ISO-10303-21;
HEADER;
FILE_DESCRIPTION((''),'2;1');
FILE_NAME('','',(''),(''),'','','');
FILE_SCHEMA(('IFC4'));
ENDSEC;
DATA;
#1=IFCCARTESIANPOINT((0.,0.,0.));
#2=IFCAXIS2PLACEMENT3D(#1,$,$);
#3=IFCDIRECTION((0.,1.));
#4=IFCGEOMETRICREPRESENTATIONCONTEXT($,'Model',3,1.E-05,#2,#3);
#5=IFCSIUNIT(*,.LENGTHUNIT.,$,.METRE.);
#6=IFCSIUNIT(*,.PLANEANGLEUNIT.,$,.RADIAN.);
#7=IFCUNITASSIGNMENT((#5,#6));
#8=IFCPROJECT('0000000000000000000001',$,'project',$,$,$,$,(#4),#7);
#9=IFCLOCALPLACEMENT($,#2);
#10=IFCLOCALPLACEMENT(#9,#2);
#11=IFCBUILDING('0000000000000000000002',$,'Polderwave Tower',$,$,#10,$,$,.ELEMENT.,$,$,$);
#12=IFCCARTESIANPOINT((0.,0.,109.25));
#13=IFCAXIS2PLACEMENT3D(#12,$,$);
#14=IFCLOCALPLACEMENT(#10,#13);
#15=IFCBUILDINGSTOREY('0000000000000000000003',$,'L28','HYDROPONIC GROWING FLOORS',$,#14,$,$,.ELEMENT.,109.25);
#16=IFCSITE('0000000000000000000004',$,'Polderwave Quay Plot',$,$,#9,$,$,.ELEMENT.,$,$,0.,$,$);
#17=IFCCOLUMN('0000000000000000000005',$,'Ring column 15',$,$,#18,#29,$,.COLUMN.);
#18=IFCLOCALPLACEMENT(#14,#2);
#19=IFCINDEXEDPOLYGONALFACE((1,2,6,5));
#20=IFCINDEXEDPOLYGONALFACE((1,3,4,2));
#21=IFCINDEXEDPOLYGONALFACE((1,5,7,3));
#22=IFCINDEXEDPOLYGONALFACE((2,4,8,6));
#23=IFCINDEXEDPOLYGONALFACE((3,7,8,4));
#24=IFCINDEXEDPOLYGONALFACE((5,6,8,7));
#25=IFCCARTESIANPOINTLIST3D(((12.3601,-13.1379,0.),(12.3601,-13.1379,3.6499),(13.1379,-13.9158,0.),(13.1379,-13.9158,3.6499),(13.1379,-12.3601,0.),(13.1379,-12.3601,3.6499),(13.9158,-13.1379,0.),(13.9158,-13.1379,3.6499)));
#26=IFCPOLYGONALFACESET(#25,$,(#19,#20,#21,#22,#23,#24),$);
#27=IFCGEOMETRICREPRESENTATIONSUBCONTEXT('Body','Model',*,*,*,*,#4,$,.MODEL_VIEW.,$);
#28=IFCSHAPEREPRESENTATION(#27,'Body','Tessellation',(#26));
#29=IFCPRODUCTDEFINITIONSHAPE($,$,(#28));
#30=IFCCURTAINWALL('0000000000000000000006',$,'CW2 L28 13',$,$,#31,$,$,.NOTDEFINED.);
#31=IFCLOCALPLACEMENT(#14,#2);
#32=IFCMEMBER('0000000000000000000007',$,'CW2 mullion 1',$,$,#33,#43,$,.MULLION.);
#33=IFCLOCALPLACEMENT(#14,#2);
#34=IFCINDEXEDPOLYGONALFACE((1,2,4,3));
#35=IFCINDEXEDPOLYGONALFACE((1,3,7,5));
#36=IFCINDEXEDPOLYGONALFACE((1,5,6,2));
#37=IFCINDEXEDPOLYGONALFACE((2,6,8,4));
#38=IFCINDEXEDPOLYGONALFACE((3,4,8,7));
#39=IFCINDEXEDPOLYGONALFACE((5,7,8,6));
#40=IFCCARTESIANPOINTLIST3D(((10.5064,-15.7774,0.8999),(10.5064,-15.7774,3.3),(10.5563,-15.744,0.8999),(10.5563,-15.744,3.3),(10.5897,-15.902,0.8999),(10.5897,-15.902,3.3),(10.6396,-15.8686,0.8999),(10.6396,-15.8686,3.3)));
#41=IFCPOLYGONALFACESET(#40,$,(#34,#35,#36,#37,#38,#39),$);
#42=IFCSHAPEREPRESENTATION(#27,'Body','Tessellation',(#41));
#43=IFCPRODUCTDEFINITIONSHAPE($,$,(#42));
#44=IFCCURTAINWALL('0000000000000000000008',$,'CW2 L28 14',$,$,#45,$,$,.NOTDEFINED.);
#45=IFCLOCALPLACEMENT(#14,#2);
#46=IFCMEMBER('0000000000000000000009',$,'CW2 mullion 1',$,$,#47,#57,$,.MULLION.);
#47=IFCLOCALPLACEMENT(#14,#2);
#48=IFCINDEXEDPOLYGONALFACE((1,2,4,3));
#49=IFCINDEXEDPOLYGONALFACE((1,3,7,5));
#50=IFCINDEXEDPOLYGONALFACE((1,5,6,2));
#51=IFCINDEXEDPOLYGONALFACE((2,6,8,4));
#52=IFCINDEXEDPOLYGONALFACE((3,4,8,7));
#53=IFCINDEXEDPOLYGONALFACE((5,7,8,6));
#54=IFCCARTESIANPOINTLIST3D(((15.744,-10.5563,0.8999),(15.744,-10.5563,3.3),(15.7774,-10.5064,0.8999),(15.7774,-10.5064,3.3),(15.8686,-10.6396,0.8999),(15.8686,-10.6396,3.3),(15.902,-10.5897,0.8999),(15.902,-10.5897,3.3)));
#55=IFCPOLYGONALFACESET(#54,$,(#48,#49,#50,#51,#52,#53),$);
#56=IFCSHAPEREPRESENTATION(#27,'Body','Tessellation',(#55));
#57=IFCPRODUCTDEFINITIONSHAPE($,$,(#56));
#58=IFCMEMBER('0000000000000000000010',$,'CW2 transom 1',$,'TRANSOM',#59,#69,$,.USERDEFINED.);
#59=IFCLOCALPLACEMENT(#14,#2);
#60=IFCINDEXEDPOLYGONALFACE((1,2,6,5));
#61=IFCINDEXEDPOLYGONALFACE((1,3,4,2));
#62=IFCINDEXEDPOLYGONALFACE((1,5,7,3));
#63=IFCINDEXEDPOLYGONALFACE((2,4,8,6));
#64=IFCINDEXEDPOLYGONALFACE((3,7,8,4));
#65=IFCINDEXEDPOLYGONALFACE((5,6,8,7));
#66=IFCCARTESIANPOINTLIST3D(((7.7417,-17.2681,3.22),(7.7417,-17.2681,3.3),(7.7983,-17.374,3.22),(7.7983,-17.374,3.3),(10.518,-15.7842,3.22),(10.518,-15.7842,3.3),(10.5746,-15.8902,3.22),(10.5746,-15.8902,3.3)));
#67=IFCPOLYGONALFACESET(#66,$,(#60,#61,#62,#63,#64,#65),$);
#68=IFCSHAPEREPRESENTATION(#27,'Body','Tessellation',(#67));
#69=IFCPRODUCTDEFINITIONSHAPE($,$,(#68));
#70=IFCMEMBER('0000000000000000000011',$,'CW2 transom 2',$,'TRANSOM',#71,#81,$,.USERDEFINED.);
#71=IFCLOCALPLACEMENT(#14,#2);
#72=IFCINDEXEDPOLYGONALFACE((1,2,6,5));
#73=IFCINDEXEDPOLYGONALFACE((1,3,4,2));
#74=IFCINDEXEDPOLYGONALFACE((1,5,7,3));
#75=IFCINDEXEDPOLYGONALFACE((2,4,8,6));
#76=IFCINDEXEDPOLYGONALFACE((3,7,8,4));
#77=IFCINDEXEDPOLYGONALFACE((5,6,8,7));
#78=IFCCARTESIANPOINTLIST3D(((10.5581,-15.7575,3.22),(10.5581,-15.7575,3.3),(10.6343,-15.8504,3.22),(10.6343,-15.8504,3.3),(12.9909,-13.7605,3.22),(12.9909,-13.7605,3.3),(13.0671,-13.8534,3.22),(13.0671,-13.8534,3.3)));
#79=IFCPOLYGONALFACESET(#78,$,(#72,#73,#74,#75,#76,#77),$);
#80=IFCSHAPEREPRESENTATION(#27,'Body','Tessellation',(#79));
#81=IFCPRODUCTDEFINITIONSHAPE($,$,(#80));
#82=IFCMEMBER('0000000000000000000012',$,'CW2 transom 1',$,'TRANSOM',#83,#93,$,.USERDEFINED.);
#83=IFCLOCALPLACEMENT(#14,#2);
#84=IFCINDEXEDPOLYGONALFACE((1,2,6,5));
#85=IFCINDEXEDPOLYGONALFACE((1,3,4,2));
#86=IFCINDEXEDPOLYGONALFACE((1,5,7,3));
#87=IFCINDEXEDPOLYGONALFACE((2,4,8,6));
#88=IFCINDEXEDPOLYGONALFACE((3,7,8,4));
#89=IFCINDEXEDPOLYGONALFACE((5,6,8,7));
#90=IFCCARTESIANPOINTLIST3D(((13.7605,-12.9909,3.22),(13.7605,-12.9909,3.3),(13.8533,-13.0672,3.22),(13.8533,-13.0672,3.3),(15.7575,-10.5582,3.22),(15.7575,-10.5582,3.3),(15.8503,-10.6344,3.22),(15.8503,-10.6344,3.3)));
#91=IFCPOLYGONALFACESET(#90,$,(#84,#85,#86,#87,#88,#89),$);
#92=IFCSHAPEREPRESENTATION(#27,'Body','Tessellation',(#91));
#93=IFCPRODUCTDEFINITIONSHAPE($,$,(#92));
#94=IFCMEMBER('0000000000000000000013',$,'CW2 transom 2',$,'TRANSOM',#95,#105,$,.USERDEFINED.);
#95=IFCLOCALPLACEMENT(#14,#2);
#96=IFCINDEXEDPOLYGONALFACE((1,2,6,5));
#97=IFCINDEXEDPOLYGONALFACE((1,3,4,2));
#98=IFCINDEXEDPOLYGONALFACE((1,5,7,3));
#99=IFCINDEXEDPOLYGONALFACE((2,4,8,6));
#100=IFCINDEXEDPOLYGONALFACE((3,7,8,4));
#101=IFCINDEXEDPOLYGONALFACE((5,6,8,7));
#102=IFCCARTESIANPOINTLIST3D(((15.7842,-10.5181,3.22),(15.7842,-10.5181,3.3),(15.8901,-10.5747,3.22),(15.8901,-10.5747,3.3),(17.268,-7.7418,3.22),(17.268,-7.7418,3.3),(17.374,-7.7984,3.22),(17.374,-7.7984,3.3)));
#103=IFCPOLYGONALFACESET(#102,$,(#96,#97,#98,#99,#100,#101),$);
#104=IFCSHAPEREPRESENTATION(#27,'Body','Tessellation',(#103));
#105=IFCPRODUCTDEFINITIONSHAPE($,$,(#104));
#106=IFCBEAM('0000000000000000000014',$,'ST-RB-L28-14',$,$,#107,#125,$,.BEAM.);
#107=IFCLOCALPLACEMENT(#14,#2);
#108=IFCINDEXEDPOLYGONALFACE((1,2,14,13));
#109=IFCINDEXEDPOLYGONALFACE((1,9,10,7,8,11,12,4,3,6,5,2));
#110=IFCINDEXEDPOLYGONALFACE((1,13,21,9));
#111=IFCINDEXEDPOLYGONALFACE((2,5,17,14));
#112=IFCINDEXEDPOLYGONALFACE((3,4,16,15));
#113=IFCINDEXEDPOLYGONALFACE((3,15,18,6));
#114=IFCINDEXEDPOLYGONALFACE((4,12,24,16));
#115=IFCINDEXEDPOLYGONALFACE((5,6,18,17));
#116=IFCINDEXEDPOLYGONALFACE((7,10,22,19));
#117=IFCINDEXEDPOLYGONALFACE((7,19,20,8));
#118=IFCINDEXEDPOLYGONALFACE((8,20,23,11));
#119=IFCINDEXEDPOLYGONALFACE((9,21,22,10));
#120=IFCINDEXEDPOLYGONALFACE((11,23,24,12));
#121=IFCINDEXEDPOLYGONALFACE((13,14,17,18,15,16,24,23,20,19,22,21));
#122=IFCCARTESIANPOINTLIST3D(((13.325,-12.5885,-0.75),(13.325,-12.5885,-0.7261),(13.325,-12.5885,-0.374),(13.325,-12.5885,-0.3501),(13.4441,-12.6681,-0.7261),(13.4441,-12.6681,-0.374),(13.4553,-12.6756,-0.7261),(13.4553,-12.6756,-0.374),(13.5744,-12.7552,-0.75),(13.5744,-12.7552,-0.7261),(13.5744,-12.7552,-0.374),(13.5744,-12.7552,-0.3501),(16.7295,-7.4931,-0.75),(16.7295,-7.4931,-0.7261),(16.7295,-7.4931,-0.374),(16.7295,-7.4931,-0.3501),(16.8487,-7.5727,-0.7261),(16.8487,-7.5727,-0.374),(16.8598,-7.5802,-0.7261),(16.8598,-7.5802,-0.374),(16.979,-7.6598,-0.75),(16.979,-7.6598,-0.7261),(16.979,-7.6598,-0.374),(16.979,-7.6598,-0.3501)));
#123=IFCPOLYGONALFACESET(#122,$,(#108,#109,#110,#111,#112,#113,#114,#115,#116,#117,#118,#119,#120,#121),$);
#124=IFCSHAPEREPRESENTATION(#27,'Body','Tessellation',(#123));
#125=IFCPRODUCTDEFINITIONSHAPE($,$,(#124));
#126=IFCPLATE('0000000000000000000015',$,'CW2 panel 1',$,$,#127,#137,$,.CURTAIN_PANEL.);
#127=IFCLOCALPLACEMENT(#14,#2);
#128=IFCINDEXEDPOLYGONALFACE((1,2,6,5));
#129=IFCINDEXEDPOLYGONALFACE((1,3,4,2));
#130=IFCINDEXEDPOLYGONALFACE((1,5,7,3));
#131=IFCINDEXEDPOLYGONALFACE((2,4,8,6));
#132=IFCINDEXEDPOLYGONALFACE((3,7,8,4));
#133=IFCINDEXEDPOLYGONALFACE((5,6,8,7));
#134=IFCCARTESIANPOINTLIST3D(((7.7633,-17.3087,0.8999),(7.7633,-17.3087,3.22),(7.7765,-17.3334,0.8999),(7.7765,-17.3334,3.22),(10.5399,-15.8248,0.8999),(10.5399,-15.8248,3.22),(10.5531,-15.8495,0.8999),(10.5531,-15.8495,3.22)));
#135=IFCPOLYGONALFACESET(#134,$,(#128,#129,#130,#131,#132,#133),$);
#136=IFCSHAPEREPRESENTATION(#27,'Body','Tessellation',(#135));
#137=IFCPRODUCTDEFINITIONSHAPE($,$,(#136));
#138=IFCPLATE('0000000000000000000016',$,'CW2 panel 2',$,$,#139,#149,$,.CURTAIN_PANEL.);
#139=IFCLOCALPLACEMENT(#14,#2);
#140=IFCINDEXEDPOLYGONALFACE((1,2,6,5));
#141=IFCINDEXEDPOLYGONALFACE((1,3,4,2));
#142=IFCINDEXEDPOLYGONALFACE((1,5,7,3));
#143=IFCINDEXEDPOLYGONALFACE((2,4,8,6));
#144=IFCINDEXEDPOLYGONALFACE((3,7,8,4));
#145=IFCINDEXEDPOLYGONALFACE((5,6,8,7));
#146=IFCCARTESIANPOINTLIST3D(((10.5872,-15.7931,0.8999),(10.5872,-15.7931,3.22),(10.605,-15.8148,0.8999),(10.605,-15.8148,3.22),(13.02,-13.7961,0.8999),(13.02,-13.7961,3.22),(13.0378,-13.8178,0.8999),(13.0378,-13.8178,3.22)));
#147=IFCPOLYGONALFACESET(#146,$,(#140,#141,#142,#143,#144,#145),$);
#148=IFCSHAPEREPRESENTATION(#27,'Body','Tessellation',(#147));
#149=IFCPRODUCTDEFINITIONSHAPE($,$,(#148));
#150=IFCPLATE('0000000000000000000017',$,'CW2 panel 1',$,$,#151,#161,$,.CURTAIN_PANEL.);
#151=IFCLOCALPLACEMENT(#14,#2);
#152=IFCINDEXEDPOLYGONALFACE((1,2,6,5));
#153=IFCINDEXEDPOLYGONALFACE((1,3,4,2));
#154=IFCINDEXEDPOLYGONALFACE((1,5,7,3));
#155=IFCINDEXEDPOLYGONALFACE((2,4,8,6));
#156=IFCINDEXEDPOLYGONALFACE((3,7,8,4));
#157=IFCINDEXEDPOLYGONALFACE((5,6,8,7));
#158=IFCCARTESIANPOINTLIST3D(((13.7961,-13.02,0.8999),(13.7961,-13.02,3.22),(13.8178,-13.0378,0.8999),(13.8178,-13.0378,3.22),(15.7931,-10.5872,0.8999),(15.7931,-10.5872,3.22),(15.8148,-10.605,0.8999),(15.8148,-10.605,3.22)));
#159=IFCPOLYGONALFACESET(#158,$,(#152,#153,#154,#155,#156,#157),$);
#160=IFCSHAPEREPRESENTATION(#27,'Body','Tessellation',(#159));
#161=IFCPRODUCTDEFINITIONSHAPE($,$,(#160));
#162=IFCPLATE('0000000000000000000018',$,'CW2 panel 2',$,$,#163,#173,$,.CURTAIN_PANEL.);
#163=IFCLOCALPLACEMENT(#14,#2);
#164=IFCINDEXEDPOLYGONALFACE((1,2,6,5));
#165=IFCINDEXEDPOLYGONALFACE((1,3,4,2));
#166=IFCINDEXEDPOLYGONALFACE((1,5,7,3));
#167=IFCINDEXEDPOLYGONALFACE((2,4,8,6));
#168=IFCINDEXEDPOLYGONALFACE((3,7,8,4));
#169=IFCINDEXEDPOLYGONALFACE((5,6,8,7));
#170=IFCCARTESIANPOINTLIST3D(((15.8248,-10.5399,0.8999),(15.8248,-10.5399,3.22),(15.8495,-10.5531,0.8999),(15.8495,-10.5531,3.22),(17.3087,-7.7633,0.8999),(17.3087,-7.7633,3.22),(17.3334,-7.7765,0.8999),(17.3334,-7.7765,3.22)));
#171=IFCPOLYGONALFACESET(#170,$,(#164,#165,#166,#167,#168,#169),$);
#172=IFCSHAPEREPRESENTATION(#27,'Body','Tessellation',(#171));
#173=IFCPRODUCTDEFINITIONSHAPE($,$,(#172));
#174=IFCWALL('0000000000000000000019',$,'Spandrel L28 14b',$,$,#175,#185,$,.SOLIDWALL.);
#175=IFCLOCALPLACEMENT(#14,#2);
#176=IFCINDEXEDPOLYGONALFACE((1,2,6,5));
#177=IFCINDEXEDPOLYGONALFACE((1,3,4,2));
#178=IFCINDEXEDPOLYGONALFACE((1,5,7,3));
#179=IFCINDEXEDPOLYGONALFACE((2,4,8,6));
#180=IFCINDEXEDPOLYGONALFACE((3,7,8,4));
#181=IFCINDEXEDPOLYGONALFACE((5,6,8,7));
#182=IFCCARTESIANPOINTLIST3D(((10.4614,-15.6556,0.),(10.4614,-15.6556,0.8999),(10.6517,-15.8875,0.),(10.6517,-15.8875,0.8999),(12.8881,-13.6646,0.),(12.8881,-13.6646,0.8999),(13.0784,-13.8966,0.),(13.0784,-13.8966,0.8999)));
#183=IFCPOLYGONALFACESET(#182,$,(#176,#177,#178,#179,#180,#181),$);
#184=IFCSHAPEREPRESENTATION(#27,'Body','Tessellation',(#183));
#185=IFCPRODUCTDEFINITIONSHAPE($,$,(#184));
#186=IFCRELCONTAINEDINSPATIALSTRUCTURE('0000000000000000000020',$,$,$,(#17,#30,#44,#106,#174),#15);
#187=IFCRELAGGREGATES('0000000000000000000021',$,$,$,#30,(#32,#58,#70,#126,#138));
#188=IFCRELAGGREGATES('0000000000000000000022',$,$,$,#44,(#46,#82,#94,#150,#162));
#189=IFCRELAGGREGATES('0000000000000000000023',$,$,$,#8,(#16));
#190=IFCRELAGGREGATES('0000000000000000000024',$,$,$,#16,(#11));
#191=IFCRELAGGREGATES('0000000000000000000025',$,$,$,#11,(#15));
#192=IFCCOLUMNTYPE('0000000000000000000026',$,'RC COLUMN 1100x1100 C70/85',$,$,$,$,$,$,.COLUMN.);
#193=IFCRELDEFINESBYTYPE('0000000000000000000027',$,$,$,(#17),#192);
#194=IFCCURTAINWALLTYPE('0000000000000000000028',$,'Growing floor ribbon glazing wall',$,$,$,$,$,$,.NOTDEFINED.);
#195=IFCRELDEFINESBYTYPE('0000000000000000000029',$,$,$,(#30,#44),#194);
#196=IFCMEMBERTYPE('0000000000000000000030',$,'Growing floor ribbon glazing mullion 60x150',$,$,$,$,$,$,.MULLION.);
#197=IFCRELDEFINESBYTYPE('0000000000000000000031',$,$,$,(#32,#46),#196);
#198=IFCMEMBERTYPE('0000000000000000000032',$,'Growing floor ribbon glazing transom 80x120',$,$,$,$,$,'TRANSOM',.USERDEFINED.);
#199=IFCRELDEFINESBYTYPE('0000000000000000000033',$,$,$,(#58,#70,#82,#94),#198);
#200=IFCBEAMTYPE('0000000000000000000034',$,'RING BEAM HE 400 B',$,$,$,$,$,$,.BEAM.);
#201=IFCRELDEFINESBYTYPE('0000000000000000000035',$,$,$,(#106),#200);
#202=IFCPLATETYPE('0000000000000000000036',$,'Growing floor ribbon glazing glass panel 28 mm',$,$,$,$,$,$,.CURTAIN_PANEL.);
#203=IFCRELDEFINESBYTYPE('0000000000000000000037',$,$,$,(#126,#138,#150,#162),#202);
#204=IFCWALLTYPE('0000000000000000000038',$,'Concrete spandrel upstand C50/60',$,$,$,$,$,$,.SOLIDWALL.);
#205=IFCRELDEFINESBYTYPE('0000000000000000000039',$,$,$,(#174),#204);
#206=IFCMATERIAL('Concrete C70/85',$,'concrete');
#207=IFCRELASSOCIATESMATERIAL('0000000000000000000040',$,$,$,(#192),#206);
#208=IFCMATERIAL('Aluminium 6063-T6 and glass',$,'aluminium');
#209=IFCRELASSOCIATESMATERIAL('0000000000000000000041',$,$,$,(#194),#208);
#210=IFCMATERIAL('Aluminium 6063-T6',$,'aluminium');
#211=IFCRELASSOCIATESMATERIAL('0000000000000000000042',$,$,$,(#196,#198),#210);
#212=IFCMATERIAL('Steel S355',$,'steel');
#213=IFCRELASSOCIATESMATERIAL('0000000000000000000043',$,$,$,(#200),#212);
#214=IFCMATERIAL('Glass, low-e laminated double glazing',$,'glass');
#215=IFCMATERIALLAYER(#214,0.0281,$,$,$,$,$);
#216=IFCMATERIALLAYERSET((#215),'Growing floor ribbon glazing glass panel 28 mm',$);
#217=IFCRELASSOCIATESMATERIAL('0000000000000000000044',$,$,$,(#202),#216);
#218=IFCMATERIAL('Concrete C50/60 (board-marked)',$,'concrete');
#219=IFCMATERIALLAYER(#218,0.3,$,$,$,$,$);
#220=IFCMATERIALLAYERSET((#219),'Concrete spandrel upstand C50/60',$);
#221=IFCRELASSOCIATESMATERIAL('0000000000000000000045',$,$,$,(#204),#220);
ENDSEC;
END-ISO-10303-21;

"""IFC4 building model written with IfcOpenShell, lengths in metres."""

from ifc_helpers import new_model, si_unit, direction, frame, frame_2d, origin, origin_2d, place, context, subcontext, project, spatial, rectangle, i_section, extrude, material, layer, layer_set, material_profile, profile_set, type_object, element, aggregate, save


model = new_model("IFC4")

# Units and contexts
model_context = context("Model", 3, precision=1e-05, world=origin(), true_north=direction((0.0, 1.0)))
body_context = subcontext(model_context, "Body", "Model", "MODEL_VIEW")
ifc_project = project(units=[si_unit("LENGTHUNIT", "METRE"), si_unit("PLANEANGLEUNIT", "RADIAN")], contexts=[model_context])

# Site, building, storey
site_placement = place(None, origin())
site = spatial("IfcSite", under=ifc_project, at=site_placement, Name="Polderwave Quay Plot", CompositionType="ELEMENT", RefElevation=0.0)
building_placement = place(site_placement, origin())
building = spatial("IfcBuilding", under=site, at=building_placement, Name="Polderwave Tower", CompositionType="ELEMENT")
storey_placement = place(building_placement, frame((0.0, 0.0, 109.25)))
storey = spatial("IfcBuildingStorey", under=building, at=storey_placement, Name="L28", Description="HYDROPONIC GROWING FLOORS", CompositionType="ELEMENT", Elevation=109.25)

# Column
ifc_material_1 = material(Name="Concrete C70/85", Category="concrete")
ifc_material_profile_1 = material_profile(ifc_material_1, rectangle(XDim=1.1001, YDim=1.1001, at=origin_2d()), Name="RC 1100x1100")
ifc_profile_set_1 = profile_set([ifc_material_profile_1], Name="Concrete C70/85")
column_type = type_object("IfcColumnType", Name="RC COLUMN 1100x1100 C70/85", PredefinedType="COLUMN", material=ifc_profile_set_1)
column_placement = place(storey_placement, frame((13.1379, -13.1379, 0.0), z_axis=(0.0, 0.0, 1.0), x_axis=(0.707107, -0.707107, 0.0)))
element("IfcColumn", 1, at=column_placement, inside=storey, type_object=column_type, Name="Ring column 15", PredefinedType="COLUMN", context=body_context, shape_type="SweptSolid", body=[
    extrude(rectangle(XDim=1.1001, YDim=1.1001, at=origin_2d()), origin(), (0.0, 0.0, 1.0), 3.6499),
])

# Curtain walls, members
ifc_material_2 = material(Name="Aluminium 6063-T6 and glass", Category="aluminium")
curtain_wall_type = type_object("IfcCurtainWallType", Name="Growing floor ribbon glazing wall", PredefinedType="NOTDEFINED", material=ifc_material_2)
curtain_wall_1_placement = place(storey_placement, origin())
curtain_wall_1 = element("IfcCurtainWall", 2, at=curtain_wall_1_placement, inside=storey, type_object=curtain_wall_type, Name="CW2 L28 13", PredefinedType="NOTDEFINED")
ifc_material_3 = material(Name="Aluminium 6063-T6", Category="aluminium")
ifc_material_profile_2 = material_profile(ifc_material_3, rectangle(XDim=0.1499, YDim=0.0601, at=origin_2d()), Name="AL 60x150")
ifc_profile_set_2 = profile_set([ifc_material_profile_2], Name="Aluminium 6063-T6")
member_type_1 = type_object("IfcMemberType", Name="Growing floor ribbon glazing mullion 60x150", PredefinedType="MULLION", material=ifc_profile_set_2)
member_1_placement = place(storey_placement, frame((10.573, -15.823, 0.8999), z_axis=(0.0, 0.0, 1.0), x_axis=(-0.555585, 0.83146, 0.0)))
member_1 = element("IfcMember", 3, at=member_1_placement, type_object=member_type_1, Name="CW2 mullion 1", PredefinedType="MULLION", context=body_context, shape_type="SweptSolid", body=[
    extrude(rectangle(XDim=0.1499, YDim=0.0601, at=origin_2d()), origin(), (0.0, 0.0, 1.0), 2.4001),
])
curtain_wall_2_placement = place(storey_placement, origin())
curtain_wall_2 = element("IfcCurtainWall", 4, at=curtain_wall_2_placement, inside=storey, type_object=curtain_wall_type, Name="CW2 L28 14", PredefinedType="NOTDEFINED")
member_2_placement = place(storey_placement, frame((15.823, -10.573, 0.8999), z_axis=(0.0, 0.0, 1.0), x_axis=(-0.83146, 0.555585, 0.0)))
member_2 = element("IfcMember", 5, at=member_2_placement, type_object=member_type_1, Name="CW2 mullion 1", PredefinedType="MULLION", context=body_context, shape_type="SweptSolid", body=[
    extrude(rectangle(XDim=0.1499, YDim=0.0601, at=origin_2d()), origin(), (0.0, 0.0, 1.0), 2.4001),
])

# Members
ifc_material_profile_3 = material_profile(ifc_material_3, rectangle(XDim=0.1201, YDim=0.0801, at=origin_2d()), Name="AL 80x120")
ifc_profile_set_3 = profile_set([ifc_material_profile_3], Name="Aluminium 6063-T6")
member_type_2 = type_object("IfcMemberType", Name="Growing floor ribbon glazing transom 80x120", ElementType="TRANSOM", PredefinedType="USERDEFINED", material=ifc_profile_set_3)
member_3_placement = place(storey_placement, frame((7.77, -17.321, 3.26), z_axis=(0.881936, 0.471369, 0.0), x_axis=(-0.471369, 0.881936, 0.0)))
member_3 = element("IfcMember", 6, at=member_3_placement, type_object=member_type_2, Name="CW2 transom 1", ObjectType="TRANSOM", PredefinedType="USERDEFINED", context=body_context, shape_type="SweptSolid", body=[
    extrude(rectangle(XDim=0.1201, YDim=0.0801, at=origin_2d()), origin(), (0.0, 0.0, 1.0), 3.1479),
])
member_4_placement = place(storey_placement, frame((10.5962, -15.804, 3.26), z_axis=(0.772937, 0.634483, 0.0), x_axis=(-0.634483, 0.772937, 0.0)))
member_4 = element("IfcMember", 7, at=member_4_placement, type_object=member_type_2, Name="CW2 transom 2", ObjectType="TRANSOM", PredefinedType="USERDEFINED", context=body_context, shape_type="SweptSolid", body=[
    extrude(rectangle(XDim=0.1201, YDim=0.0801, at=origin_2d()), origin(), (0.0, 0.0, 1.0), 3.1475),
])
member_5_placement = place(storey_placement, frame((13.8069, -13.0291, 3.26), z_axis=(0.634483, 0.772937, 0.0), x_axis=(-0.772937, 0.634483, 0.0)))
member_5 = element("IfcMember", 8, at=member_5_placement, type_object=member_type_2, Name="CW2 transom 1", ObjectType="TRANSOM", PredefinedType="USERDEFINED", context=body_context, shape_type="SweptSolid", body=[
    extrude(rectangle(XDim=0.1201, YDim=0.0801, at=origin_2d()), origin(), (0.0, 0.0, 1.0), 3.1475),
])
member_6_placement = place(storey_placement, frame((15.8372, -10.5464, 3.26), z_axis=(0.471369, 0.881936, 0.0), x_axis=(-0.881936, 0.471369, 0.0)))
member_6 = element("IfcMember", 9, at=member_6_placement, type_object=member_type_2, Name="CW2 transom 2", ObjectType="TRANSOM", PredefinedType="USERDEFINED", context=body_context, shape_type="SweptSolid", body=[
    extrude(rectangle(XDim=0.1201, YDim=0.0801, at=origin_2d()), origin(), (0.0, 0.0, 1.0), 3.1479),
])

# Beam
ifc_material_4 = material(Name="Steel S355", Category="steel")
ifc_material_profile_4 = material_profile(ifc_material_4, i_section(OverallWidth=0.3, OverallDepth=0.3999, WebThickness=0.0134, FlangeThickness=0.0239, at=origin_2d()), Name="HE 400 B")
ifc_profile_set_4 = profile_set([ifc_material_profile_4], Name="Steel S355")
beam_type = type_object("IfcBeamType", Name="RING BEAM HE 400 B", PredefinedType="BEAM", material=ifc_profile_set_4)
beam_placement = place(storey_placement, frame((13.4497, -12.6719, -0.55), z_axis=(0.555555, 0.83148, 0.0), x_axis=(-0.83148, 0.555555, 0.0)))
element("IfcBeam", 10, at=beam_placement, inside=storey, type_object=beam_type, Name="ST-RB-L28-14", PredefinedType="BEAM", context=body_context, shape_type="SweptSolid", body=[
    extrude(i_section(OverallWidth=0.3, OverallDepth=0.3999, WebThickness=0.0134, FlangeThickness=0.0239, at=origin_2d()), origin(), (0.0, 0.0, 1.0), 6.1282),
])

# Plates
ifc_material_5 = material(Name="Glass, low-e laminated double glazing", Category="glass")
ifc_layer_1 = layer(ifc_material_5, 0.0281)
ifc_layer_set_1 = layer_set([ifc_layer_1], Name="Growing floor ribbon glazing glass panel 28 mm")
plate_type = type_object("IfcPlateType", Name="Growing floor ribbon glazing glass panel 28 mm", PredefinedType="CURTAIN_PANEL", material=ifc_layer_set_1)
plate_1_placement = place(storey_placement, frame((9.1582, -16.5791, 0.8999), z_axis=(0.0, 0.0, 1.0), x_axis=(0.881952, 0.47134, 0.0)))
plate_1 = element("IfcPlate", 11, at=plate_1_placement, type_object=plate_type, Name="CW2 panel 1", PredefinedType="CURTAIN_PANEL", context=body_context, shape_type="SweptSolid", body=[
    extrude(rectangle(XDim=3.1482, YDim=0.0281, at=origin_2d()), origin(), (0.0, 0.0, 1.0), 2.3201),
])
plate_2_placement = place(storey_placement, frame((11.8125, -14.8054, 0.8999), z_axis=(0.0, 0.0, 1.0), x_axis=(0.772946, 0.634472, 0.0)))
plate_2 = element("IfcPlate", 12, at=plate_2_placement, type_object=plate_type, Name="CW2 panel 2", PredefinedType="CURTAIN_PANEL", context=body_context, shape_type="SweptSolid", body=[
    extrude(rectangle(XDim=3.1475, YDim=0.0281, at=origin_2d()), origin(), (0.0, 0.0, 1.0), 2.3201),
])
aggregate(curtain_wall_1, [member_1, member_3, member_4, plate_1, plate_2])
plate_3_placement = place(storey_placement, frame((14.8054, -11.8125, 0.8999), z_axis=(0.0, 0.0, 1.0), x_axis=(0.634472, 0.772946, 0.0)))
plate_3 = element("IfcPlate", 13, at=plate_3_placement, type_object=plate_type, Name="CW2 panel 1", PredefinedType="CURTAIN_PANEL", context=body_context, shape_type="SweptSolid", body=[
    extrude(rectangle(XDim=3.1475, YDim=0.0281, at=origin_2d()), origin(), (0.0, 0.0, 1.0), 2.3201),
])
plate_4_placement = place(storey_placement, frame((16.5791, -9.1582, 0.8999), z_axis=(0.0, 0.0, 1.0), x_axis=(0.47134, 0.881952, 0.0)))
plate_4 = element("IfcPlate", 14, at=plate_4_placement, type_object=plate_type, Name="CW2 panel 2", PredefinedType="CURTAIN_PANEL", context=body_context, shape_type="SweptSolid", body=[
    extrude(rectangle(XDim=3.1482, YDim=0.0281, at=origin_2d()), origin(), (0.0, 0.0, 1.0), 2.3201),
])
aggregate(curtain_wall_2, [member_2, member_5, member_6, plate_3, plate_4])

# Wall
ifc_material_6 = material(Name="Concrete C50/60 (board-marked)", Category="concrete")
ifc_layer_2 = layer(ifc_material_6, 0.3)
ifc_layer_set_2 = layer_set([ifc_layer_2], Name="Concrete spandrel upstand C50/60")
wall_type_1 = type_object("IfcWallType", Name="Concrete spandrel upstand C50/60", PredefinedType="SOLIDWALL", material=ifc_layer_set_2)
for number, where, z_axis, x_axis, name in (
    (15, (10.5566, -15.7715, 0.0), (0.0, 0.0, 1.0), (0.773108, 0.634275, 0.0), "Spandrel L28 14b"),
):
    element("IfcWall", number, at=place(storey_placement, frame(where, z_axis=z_axis, x_axis=x_axis)), inside=storey, type_object=wall_type_1, Name=name, PredefinedType="SOLIDWALL", context=body_context, shape_type="SweptSolid", body=[
        extrude(rectangle(XDim=3.1389, YDim=0.3, at=frame_2d((1.5693, 0.0))), origin(), (0.0, 0.0, 1.0), 0.8999),
    ])

save(model, "model.ifc")
